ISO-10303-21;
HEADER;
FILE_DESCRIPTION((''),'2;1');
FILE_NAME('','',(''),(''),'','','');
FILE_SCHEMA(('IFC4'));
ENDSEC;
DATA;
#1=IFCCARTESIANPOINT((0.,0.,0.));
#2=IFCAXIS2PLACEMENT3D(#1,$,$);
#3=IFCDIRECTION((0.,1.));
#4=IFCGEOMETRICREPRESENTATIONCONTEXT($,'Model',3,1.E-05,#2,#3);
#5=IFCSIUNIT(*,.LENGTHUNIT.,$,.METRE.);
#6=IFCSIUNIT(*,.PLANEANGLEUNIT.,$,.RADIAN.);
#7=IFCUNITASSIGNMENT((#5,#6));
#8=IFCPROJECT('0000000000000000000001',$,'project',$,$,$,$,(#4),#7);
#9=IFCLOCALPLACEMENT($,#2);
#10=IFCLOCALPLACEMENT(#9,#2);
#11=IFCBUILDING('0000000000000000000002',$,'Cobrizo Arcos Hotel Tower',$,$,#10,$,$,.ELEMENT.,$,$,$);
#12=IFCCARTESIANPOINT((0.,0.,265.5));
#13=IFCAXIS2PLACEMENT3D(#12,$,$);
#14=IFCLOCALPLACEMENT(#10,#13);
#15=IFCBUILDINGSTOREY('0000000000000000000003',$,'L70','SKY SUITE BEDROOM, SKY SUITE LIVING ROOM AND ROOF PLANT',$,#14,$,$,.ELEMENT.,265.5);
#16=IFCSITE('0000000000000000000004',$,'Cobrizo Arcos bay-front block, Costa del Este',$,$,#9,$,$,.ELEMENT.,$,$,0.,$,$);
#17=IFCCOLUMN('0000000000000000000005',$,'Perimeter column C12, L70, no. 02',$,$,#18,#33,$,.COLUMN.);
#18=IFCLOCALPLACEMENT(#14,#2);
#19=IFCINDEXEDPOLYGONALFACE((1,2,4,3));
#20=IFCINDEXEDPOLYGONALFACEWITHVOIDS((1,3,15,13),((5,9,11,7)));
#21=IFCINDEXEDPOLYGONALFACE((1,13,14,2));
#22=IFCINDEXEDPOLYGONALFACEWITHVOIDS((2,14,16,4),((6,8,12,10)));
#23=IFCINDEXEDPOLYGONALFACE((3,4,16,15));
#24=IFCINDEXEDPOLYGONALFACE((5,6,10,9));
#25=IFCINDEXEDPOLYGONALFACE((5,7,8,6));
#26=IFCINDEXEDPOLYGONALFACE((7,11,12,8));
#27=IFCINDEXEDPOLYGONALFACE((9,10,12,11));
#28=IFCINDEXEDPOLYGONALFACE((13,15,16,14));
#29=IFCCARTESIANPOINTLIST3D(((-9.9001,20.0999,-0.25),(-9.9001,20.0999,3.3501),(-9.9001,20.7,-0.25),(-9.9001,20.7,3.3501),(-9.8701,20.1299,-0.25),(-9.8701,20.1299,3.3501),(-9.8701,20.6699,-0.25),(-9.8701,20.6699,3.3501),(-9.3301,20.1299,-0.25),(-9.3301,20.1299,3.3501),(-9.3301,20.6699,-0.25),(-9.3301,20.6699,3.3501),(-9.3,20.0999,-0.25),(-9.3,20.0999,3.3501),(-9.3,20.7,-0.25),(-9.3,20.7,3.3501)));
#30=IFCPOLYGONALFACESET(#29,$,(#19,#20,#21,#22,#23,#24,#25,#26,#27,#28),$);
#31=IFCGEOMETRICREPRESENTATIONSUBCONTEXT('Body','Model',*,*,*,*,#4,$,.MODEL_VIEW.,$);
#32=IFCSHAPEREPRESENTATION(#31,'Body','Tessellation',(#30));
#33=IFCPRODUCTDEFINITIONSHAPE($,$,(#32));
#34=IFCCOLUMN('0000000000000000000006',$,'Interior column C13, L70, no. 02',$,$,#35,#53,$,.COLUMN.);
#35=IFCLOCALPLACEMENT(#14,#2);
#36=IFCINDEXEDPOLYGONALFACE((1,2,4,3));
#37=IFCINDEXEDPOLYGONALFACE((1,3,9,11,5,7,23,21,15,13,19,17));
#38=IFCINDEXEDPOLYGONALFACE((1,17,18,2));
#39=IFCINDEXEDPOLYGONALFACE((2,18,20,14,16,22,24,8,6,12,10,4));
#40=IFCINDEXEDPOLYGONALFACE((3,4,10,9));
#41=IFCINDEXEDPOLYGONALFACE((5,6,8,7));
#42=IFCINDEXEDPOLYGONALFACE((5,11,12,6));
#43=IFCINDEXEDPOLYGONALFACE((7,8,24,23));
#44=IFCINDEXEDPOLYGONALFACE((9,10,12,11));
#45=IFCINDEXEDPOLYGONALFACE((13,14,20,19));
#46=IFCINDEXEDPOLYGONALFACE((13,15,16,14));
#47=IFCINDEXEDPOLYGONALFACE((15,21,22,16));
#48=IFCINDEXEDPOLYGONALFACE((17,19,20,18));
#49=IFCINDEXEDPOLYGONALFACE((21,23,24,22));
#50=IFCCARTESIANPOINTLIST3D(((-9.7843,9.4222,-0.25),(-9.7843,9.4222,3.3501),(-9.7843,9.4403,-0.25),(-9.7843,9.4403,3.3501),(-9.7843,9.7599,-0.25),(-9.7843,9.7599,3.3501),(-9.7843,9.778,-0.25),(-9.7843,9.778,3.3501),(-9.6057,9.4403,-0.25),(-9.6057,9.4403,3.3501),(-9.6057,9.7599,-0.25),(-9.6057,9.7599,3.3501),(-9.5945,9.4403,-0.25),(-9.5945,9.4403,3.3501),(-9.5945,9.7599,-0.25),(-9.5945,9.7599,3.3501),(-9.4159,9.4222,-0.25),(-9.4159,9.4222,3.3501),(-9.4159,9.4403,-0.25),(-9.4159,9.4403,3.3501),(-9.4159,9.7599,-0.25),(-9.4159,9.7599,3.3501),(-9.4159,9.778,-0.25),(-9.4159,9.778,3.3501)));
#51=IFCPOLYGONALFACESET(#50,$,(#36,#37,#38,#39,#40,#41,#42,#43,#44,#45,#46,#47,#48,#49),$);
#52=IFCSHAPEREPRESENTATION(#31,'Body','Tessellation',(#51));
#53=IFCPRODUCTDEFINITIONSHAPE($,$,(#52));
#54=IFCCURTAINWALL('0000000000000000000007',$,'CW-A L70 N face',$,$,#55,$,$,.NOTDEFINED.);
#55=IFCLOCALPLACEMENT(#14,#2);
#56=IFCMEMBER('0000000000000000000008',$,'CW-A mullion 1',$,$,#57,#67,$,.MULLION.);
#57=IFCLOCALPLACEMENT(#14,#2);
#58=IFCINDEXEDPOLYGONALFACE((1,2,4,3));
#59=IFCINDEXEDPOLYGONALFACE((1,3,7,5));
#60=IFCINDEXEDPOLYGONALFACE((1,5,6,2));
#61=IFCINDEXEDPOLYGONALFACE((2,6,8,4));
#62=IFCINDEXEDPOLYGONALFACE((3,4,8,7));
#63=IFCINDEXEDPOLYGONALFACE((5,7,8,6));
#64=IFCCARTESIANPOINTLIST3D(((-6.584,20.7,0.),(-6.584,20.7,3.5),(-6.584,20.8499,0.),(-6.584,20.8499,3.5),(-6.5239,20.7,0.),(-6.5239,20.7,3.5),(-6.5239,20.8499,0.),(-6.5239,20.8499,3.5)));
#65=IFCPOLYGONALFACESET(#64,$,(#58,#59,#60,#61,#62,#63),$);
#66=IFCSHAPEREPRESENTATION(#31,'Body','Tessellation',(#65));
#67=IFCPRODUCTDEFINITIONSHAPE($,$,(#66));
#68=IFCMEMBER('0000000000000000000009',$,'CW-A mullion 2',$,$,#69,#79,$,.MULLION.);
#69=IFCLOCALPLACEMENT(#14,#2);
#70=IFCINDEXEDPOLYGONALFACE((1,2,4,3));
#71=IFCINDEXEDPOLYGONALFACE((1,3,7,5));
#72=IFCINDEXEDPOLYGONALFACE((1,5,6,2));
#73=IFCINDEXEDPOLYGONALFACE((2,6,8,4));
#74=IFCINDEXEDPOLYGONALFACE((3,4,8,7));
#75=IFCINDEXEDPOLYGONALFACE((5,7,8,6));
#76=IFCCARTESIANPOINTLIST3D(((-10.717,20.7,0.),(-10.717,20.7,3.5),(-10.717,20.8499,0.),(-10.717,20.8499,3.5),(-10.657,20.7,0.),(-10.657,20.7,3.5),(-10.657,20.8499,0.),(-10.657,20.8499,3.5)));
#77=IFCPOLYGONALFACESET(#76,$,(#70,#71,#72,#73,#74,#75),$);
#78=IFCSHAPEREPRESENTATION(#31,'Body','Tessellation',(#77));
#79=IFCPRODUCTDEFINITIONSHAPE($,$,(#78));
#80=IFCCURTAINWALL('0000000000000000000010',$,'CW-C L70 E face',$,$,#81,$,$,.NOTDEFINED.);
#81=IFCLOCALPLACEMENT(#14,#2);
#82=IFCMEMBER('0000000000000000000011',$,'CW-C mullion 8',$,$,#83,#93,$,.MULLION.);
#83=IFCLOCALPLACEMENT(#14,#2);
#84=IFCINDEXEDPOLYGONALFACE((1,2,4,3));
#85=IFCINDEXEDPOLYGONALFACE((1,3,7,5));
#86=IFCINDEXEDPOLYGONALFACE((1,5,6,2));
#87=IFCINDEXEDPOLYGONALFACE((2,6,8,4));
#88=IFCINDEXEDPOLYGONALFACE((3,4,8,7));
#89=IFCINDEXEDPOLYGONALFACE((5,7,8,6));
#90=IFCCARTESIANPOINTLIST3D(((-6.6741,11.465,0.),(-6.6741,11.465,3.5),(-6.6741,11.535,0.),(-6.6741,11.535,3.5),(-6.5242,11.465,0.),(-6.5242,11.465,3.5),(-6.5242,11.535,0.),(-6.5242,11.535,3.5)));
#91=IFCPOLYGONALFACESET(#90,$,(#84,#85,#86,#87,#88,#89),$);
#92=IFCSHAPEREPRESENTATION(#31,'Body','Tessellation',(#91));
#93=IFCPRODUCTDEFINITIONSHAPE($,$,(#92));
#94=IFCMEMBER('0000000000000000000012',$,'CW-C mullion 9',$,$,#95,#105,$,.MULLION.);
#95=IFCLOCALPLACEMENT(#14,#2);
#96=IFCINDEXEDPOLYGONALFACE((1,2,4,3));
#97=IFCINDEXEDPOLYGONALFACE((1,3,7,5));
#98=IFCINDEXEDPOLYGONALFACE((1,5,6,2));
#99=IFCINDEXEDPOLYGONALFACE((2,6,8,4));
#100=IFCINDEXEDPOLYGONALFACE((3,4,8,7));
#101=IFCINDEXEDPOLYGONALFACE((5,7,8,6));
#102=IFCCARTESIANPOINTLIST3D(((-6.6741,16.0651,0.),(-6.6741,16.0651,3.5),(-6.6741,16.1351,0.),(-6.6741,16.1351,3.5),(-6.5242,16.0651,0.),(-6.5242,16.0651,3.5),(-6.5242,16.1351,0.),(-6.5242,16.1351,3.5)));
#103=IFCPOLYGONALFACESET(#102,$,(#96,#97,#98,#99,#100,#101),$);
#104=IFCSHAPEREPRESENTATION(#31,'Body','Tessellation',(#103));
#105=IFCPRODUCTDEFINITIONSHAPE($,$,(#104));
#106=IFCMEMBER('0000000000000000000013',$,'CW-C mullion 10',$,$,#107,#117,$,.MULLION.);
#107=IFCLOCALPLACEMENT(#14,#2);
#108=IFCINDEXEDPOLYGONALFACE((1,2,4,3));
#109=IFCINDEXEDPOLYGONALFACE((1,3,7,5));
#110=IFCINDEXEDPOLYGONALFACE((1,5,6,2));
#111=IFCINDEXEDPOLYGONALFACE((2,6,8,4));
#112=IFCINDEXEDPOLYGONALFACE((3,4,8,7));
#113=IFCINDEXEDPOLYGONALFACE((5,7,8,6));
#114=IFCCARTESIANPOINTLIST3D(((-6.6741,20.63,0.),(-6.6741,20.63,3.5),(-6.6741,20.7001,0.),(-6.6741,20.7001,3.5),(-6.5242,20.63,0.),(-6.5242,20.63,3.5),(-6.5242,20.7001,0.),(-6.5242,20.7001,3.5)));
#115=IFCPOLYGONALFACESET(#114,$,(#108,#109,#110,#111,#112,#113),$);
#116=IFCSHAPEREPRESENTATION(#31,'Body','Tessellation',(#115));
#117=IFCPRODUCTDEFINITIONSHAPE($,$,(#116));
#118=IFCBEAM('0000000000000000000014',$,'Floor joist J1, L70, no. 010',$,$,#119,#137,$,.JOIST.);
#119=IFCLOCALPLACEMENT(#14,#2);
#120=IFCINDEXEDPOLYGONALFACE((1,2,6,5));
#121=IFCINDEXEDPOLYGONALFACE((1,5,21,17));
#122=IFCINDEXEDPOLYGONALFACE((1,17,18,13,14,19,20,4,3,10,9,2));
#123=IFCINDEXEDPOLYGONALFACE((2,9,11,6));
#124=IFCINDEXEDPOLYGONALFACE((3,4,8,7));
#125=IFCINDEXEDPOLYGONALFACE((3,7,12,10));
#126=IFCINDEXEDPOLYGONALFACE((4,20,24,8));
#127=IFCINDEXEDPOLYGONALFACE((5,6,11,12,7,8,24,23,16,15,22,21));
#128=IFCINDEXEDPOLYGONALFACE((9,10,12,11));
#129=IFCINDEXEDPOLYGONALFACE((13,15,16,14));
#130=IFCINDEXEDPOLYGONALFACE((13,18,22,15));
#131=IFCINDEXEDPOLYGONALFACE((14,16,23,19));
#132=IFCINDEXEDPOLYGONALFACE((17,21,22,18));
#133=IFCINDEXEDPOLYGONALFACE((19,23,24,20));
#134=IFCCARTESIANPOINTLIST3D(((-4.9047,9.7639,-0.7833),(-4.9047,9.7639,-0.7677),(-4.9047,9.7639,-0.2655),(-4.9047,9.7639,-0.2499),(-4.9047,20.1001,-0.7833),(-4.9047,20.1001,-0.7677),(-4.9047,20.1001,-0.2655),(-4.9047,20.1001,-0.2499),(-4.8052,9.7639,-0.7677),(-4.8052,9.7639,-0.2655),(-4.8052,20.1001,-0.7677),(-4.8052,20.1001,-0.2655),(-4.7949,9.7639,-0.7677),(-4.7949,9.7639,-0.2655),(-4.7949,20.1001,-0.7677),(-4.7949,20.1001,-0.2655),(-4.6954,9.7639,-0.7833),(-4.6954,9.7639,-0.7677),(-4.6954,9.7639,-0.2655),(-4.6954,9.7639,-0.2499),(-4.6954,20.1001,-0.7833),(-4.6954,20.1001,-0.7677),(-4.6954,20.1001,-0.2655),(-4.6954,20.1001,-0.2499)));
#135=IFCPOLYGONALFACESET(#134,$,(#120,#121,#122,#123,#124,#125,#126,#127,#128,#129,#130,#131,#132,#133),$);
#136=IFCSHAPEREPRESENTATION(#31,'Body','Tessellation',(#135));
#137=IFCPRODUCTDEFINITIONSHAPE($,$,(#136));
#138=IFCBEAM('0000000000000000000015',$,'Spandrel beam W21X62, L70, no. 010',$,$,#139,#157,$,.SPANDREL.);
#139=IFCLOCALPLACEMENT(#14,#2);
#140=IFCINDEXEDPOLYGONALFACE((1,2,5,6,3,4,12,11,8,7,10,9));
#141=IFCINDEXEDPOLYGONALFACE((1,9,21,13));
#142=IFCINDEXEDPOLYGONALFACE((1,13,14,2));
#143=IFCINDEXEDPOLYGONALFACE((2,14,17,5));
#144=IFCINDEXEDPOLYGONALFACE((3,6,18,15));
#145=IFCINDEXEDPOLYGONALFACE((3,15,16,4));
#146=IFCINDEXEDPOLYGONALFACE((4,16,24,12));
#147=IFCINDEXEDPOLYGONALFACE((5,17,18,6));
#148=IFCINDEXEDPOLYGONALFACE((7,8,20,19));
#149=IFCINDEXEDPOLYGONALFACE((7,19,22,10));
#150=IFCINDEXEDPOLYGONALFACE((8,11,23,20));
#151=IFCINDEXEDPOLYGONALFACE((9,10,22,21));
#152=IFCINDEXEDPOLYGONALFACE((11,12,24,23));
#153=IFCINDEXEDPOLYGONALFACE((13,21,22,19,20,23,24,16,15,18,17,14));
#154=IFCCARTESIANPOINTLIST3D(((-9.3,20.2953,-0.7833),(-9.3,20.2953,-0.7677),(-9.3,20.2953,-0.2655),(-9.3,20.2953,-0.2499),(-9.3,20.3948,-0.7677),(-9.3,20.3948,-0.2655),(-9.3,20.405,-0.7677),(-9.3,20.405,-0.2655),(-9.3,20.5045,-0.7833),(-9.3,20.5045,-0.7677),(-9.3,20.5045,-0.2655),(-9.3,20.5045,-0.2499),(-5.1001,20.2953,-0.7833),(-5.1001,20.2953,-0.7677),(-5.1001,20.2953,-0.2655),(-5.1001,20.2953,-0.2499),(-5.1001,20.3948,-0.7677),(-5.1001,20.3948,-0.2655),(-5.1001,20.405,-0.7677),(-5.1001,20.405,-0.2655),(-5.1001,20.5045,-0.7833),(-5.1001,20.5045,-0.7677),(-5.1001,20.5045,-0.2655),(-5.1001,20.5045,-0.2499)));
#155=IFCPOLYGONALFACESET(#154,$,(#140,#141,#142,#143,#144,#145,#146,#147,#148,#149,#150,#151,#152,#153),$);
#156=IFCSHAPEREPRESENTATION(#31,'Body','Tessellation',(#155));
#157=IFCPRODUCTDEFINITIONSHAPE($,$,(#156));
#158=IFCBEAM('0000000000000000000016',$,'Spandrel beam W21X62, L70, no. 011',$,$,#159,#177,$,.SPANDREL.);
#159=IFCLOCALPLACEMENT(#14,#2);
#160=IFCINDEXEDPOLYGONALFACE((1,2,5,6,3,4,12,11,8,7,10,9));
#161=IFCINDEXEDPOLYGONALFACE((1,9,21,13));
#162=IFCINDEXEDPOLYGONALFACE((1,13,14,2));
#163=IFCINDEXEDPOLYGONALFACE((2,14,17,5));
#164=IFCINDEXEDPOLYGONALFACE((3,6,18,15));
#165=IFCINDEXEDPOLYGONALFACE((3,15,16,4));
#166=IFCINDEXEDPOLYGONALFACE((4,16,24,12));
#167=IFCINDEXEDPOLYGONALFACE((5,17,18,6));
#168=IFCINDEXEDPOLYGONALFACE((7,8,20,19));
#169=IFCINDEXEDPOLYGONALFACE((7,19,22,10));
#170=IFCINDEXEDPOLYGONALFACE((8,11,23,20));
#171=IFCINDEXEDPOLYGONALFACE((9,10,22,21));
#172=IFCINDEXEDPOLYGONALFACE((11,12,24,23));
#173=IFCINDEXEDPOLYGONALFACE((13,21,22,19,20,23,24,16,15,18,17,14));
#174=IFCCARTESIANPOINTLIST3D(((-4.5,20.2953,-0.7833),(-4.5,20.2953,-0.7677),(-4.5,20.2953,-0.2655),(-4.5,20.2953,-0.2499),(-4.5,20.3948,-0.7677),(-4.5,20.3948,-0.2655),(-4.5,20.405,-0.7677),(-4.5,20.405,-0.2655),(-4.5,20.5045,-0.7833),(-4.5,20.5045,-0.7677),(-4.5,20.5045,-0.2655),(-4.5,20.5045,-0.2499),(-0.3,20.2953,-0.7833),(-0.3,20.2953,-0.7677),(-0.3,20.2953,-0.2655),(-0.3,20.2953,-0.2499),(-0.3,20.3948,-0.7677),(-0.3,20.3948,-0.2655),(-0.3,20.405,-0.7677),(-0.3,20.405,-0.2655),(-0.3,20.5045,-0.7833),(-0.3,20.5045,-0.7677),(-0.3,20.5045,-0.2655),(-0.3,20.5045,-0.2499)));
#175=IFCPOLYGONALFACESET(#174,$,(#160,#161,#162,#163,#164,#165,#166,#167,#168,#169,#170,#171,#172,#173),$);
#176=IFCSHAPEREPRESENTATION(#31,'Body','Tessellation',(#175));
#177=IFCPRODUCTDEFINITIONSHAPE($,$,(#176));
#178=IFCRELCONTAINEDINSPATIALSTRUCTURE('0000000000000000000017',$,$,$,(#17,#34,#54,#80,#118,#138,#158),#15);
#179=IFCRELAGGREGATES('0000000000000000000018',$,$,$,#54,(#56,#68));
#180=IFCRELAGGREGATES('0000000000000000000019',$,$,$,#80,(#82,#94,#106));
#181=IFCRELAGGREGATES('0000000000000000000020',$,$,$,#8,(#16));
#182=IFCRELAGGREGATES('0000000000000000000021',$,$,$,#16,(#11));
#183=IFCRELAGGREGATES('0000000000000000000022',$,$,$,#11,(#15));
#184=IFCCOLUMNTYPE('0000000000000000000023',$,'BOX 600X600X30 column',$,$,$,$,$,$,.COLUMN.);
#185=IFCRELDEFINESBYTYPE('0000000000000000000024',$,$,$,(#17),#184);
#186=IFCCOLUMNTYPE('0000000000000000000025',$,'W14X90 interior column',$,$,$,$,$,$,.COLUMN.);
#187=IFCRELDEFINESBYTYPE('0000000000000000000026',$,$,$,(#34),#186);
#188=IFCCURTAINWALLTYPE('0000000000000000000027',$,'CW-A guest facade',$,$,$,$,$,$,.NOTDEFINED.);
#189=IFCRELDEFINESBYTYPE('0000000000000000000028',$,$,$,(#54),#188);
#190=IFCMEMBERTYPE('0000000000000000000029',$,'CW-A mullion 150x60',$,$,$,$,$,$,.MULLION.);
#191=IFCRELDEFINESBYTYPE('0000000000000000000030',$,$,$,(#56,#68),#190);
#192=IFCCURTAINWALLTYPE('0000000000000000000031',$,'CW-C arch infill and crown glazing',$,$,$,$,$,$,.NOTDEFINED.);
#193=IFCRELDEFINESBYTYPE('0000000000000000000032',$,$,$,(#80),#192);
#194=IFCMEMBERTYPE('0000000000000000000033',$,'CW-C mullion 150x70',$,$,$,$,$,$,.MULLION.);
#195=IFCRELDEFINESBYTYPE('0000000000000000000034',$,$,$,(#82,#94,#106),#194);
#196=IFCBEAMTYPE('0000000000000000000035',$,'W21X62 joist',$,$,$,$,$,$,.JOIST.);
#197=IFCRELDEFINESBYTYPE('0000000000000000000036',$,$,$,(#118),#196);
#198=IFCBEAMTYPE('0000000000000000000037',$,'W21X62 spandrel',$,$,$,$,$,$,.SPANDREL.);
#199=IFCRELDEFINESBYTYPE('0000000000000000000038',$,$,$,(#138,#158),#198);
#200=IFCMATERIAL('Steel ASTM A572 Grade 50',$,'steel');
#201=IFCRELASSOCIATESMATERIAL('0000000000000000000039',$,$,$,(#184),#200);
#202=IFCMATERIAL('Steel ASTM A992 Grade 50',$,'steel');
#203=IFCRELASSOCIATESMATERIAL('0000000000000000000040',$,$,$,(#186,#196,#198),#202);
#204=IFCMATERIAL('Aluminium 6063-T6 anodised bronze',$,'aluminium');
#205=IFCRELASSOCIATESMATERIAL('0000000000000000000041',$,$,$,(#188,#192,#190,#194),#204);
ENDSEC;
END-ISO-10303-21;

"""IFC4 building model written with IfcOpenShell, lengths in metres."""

from ifc_helpers import new_model, si_unit, direction, frame, origin, origin_2d, place, context, subcontext, project, spatial, rectangle, hollow_rectangle, i_section, extrude, material, material_profile, profile_set, type_object, element, aggregate, save


model = new_model("IFC4")

# Units and contexts
model_context = context("Model", 3, precision=1e-05, world=origin(), true_north=direction((0.0, 1.0)))
body_context = subcontext(model_context, "Body", "Model", "MODEL_VIEW")
ifc_project = project(units=[si_unit("LENGTHUNIT", "METRE"), si_unit("PLANEANGLEUNIT", "RADIAN")], contexts=[model_context])

# Site, building, storey
site_placement = place(None, origin())
site = spatial("IfcSite", under=ifc_project, at=site_placement, Name="Cobrizo Arcos bay-front block, Costa del Este", CompositionType="ELEMENT", RefElevation=0.0)
building_placement = place(site_placement, origin())
building = spatial("IfcBuilding", under=site, at=building_placement, Name="Cobrizo Arcos Hotel Tower", CompositionType="ELEMENT")
storey_placement = place(building_placement, frame((0.0, 0.0, 265.5)))
storey = spatial("IfcBuildingStorey", under=building, at=storey_placement, Name="L70", Description="SKY SUITE BEDROOM, SKY SUITE LIVING ROOM AND ROOF PLANT", CompositionType="ELEMENT", Elevation=265.5)

# Columns
ifc_material_1 = material(Name="Steel ASTM A572 Grade 50", Category="steel")
ifc_material_profile_1 = material_profile(ifc_material_1, hollow_rectangle(XDim=0.6001, YDim=0.6001, WallThickness=0.03, at=origin_2d()), Name="BOX 600X600X30")
ifc_profile_set_1 = profile_set([ifc_material_profile_1], Name="Steel ASTM A572 Grade 50")
column_type_1 = type_object("IfcColumnType", Name="BOX 600X600X30 column", PredefinedType="COLUMN", material=ifc_profile_set_1)
column_1_placement = place(storey_placement, frame((-9.6001, 20.3999, -0.25), z_axis=(0.0, 0.0, 1.0), x_axis=(1.0, 0.0, 0.0)))
element("IfcColumn", 1, at=column_1_placement, inside=storey, type_object=column_type_1, Name="Perimeter column C12, L70, no. 02", PredefinedType="COLUMN", context=body_context, shape_type="SweptSolid", body=[
    extrude(hollow_rectangle(XDim=0.6001, YDim=0.6001, WallThickness=0.03, at=origin_2d()), origin(), (0.0, 0.0, 1.0), 3.6001),
])
ifc_material_2 = material(Name="Steel ASTM A992 Grade 50", Category="steel")
ifc_material_profile_2 = material_profile(ifc_material_2, i_section(OverallWidth=0.3684, OverallDepth=0.3557, WebThickness=0.0112, FlangeThickness=0.0181, at=origin_2d()), Name="W14X90")
ifc_profile_set_2 = profile_set([ifc_material_profile_2], Name="Steel ASTM A992 Grade 50")
column_type_2 = type_object("IfcColumnType", Name="W14X90 interior column", PredefinedType="COLUMN", material=ifc_profile_set_2)
column_2_placement = place(storey_placement, frame((-9.6001, 9.6001, -0.25), z_axis=(0.0, 0.0, 1.0), x_axis=(1.0, 0.0, 0.0)))
element("IfcColumn", 2, at=column_2_placement, inside=storey, type_object=column_type_2, Name="Interior column C13, L70, no. 02", PredefinedType="COLUMN", context=body_context, shape_type="SweptSolid", body=[
    extrude(i_section(OverallWidth=0.3684, OverallDepth=0.3557, WebThickness=0.0112, FlangeThickness=0.0181, at=origin_2d()), origin(), (0.0, 0.0, 1.0), 3.6001),
])

# Curtain walls, members
ifc_material_3 = material(Name="Aluminium 6063-T6 anodised bronze", Category="aluminium")
curtain_wall_type_1 = type_object("IfcCurtainWallType", Name="CW-A guest facade", PredefinedType="NOTDEFINED", material=ifc_material_3)
curtain_wall_1_placement = place(storey_placement, origin())
curtain_wall_1 = element("IfcCurtainWall", 3, at=curtain_wall_1_placement, inside=storey, type_object=curtain_wall_type_1, Name="CW-A L70 N face", PredefinedType="NOTDEFINED")
ifc_material_profile_3 = material_profile(ifc_material_3, rectangle(XDim=0.1499, YDim=0.0601, at=origin_2d()), Name="CW-A mullion 150x60")
ifc_profile_set_3 = profile_set([ifc_material_profile_3], Name="Aluminium 6063-T6 anodised bronze")
member_type_1 = type_object("IfcMemberType", Name="CW-A mullion 150x60", PredefinedType="MULLION", material=ifc_profile_set_3)
member_1_placement = place(storey_placement, frame((-6.554, 20.7749, 0.0), z_axis=(0.0, 0.0, 1.0), x_axis=(0.0, 1.0, 0.0)))
member_1 = element("IfcMember", 4, at=member_1_placement, type_object=member_type_1, Name="CW-A mullion 1", PredefinedType="MULLION", context=body_context, shape_type="SweptSolid", body=[
    extrude(rectangle(XDim=0.1499, YDim=0.0601, at=origin_2d()), origin(), (0.0, 0.0, 1.0), 3.5),
])
member_2_placement = place(storey_placement, frame((-10.687, 20.7749, 0.0), z_axis=(0.0, 0.0, 1.0), x_axis=(0.0, 1.0, 0.0)))
member_2 = element("IfcMember", 5, at=member_2_placement, type_object=member_type_1, Name="CW-A mullion 2", PredefinedType="MULLION", context=body_context, shape_type="SweptSolid", body=[
    extrude(rectangle(XDim=0.1499, YDim=0.0601, at=origin_2d()), origin(), (0.0, 0.0, 1.0), 3.5),
])
curtain_wall_type_2 = type_object("IfcCurtainWallType", Name="CW-C arch infill and crown glazing", PredefinedType="NOTDEFINED", material=ifc_material_3)
curtain_wall_2_placement = place(storey_placement, origin())
curtain_wall_2 = element("IfcCurtainWall", 6, at=curtain_wall_2_placement, inside=storey, type_object=curtain_wall_type_2, Name="CW-C L70 E face", PredefinedType="NOTDEFINED")
ifc_material_profile_4 = material_profile(ifc_material_3, rectangle(XDim=0.1499, YDim=0.0701, at=origin_2d()), Name="CW-C mullion 150x70")
ifc_profile_set_4 = profile_set([ifc_material_profile_4], Name="Aluminium 6063-T6 anodised bronze")
member_type_2 = type_object("IfcMemberType", Name="CW-C mullion 150x70", PredefinedType="MULLION", material=ifc_profile_set_4)
member_3_placement = place(storey_placement, frame((-6.5991, 11.5, 0.0), z_axis=(0.0, 0.0, 1.0), x_axis=(1.0, 0.0, 0.0)))
member_3 = element("IfcMember", 7, at=member_3_placement, type_object=member_type_2, Name="CW-C mullion 8", PredefinedType="MULLION", context=body_context, shape_type="SweptSolid", body=[
    extrude(rectangle(XDim=0.1499, YDim=0.0701, at=origin_2d()), origin(), (0.0, 0.0, 1.0), 3.5),
])
member_4_placement = place(storey_placement, frame((-6.5991, 16.1001, 0.0), z_axis=(0.0, 0.0, 1.0), x_axis=(1.0, 0.0, 0.0)))
member_4 = element("IfcMember", 8, at=member_4_placement, type_object=member_type_2, Name="CW-C mullion 9", PredefinedType="MULLION", context=body_context, shape_type="SweptSolid", body=[
    extrude(rectangle(XDim=0.1499, YDim=0.0701, at=origin_2d()), origin(), (0.0, 0.0, 1.0), 3.5),
])
member_5_placement = place(storey_placement, frame((-6.5991, 20.665, 0.0), z_axis=(0.0, 0.0, 1.0), x_axis=(1.0, 0.0, 0.0)))
member_5 = element("IfcMember", 9, at=member_5_placement, type_object=member_type_2, Name="CW-C mullion 10", PredefinedType="MULLION", context=body_context, shape_type="SweptSolid", body=[
    extrude(rectangle(XDim=0.1499, YDim=0.0701, at=origin_2d()), origin(), (0.0, 0.0, 1.0), 3.5),
])

# Beams
ifc_material_profile_5 = material_profile(ifc_material_2, i_section(OverallWidth=0.2092, OverallDepth=0.5334, WebThickness=0.0103, FlangeThickness=0.0156, at=origin_2d()), Name="W21X62")
ifc_profile_set_5 = profile_set([ifc_material_profile_5], Name="Steel ASTM A992 Grade 50")
beam_type_1 = type_object("IfcBeamType", Name="W21X62 joist", PredefinedType="JOIST", material=ifc_profile_set_5)
beam_1_placement = place(storey_placement, frame((-4.8, 9.7639, -0.5166), z_axis=(0.0, 1.0, 0.0), x_axis=(-1.0, 0.0, 0.0)))
element("IfcBeam", 10, at=beam_1_placement, inside=storey, type_object=beam_type_1, Name="Floor joist J1, L70, no. 010", PredefinedType="JOIST", context=body_context, shape_type="SweptSolid", body=[
    extrude(i_section(OverallWidth=0.2092, OverallDepth=0.5334, WebThickness=0.0103, FlangeThickness=0.0156, at=origin_2d()), origin(), (0.0, 0.0, 1.0), 10.3362),
])
ifc_material_profile_6 = material_profile(ifc_material_2, i_section(OverallWidth=0.2092, OverallDepth=0.5334, WebThickness=0.0103, FlangeThickness=0.0156, at=origin_2d()), Name="W21X62")
ifc_profile_set_6 = profile_set([ifc_material_profile_6], Name="Steel ASTM A992 Grade 50")
beam_type_2 = type_object("IfcBeamType", Name="W21X62 spandrel", PredefinedType="SPANDREL", material=ifc_profile_set_6)
for number, where, z_axis, x_axis, name in (
    (11, (-9.3, 20.3999, -0.5166), (1.0, 0.0, 0.0), (0.0, 1.0, 0.0), "Spandrel beam W21X62, L70, no. 010"),
    (12, (-4.5, 20.3999, -0.5166), (1.0, 0.0, 0.0), (0.0, 1.0, 0.0), "Spandrel beam W21X62, L70, no. 011"),
):
    element("IfcBeam", number, at=place(storey_placement, frame(where, z_axis=z_axis, x_axis=x_axis)), inside=storey, type_object=beam_type_2, Name=name, PredefinedType="SPANDREL", context=body_context, shape_type="SweptSolid", body=[
        extrude(i_section(OverallWidth=0.2092, OverallDepth=0.5334, WebThickness=0.0103, FlangeThickness=0.0156, at=origin_2d()), origin(), (0.0, 0.0, 1.0), 4.2),
    ])

aggregate(curtain_wall_1, [member_1, member_2])
aggregate(curtain_wall_2, [member_3, member_4, member_5])

save(model, "model.ifc")
